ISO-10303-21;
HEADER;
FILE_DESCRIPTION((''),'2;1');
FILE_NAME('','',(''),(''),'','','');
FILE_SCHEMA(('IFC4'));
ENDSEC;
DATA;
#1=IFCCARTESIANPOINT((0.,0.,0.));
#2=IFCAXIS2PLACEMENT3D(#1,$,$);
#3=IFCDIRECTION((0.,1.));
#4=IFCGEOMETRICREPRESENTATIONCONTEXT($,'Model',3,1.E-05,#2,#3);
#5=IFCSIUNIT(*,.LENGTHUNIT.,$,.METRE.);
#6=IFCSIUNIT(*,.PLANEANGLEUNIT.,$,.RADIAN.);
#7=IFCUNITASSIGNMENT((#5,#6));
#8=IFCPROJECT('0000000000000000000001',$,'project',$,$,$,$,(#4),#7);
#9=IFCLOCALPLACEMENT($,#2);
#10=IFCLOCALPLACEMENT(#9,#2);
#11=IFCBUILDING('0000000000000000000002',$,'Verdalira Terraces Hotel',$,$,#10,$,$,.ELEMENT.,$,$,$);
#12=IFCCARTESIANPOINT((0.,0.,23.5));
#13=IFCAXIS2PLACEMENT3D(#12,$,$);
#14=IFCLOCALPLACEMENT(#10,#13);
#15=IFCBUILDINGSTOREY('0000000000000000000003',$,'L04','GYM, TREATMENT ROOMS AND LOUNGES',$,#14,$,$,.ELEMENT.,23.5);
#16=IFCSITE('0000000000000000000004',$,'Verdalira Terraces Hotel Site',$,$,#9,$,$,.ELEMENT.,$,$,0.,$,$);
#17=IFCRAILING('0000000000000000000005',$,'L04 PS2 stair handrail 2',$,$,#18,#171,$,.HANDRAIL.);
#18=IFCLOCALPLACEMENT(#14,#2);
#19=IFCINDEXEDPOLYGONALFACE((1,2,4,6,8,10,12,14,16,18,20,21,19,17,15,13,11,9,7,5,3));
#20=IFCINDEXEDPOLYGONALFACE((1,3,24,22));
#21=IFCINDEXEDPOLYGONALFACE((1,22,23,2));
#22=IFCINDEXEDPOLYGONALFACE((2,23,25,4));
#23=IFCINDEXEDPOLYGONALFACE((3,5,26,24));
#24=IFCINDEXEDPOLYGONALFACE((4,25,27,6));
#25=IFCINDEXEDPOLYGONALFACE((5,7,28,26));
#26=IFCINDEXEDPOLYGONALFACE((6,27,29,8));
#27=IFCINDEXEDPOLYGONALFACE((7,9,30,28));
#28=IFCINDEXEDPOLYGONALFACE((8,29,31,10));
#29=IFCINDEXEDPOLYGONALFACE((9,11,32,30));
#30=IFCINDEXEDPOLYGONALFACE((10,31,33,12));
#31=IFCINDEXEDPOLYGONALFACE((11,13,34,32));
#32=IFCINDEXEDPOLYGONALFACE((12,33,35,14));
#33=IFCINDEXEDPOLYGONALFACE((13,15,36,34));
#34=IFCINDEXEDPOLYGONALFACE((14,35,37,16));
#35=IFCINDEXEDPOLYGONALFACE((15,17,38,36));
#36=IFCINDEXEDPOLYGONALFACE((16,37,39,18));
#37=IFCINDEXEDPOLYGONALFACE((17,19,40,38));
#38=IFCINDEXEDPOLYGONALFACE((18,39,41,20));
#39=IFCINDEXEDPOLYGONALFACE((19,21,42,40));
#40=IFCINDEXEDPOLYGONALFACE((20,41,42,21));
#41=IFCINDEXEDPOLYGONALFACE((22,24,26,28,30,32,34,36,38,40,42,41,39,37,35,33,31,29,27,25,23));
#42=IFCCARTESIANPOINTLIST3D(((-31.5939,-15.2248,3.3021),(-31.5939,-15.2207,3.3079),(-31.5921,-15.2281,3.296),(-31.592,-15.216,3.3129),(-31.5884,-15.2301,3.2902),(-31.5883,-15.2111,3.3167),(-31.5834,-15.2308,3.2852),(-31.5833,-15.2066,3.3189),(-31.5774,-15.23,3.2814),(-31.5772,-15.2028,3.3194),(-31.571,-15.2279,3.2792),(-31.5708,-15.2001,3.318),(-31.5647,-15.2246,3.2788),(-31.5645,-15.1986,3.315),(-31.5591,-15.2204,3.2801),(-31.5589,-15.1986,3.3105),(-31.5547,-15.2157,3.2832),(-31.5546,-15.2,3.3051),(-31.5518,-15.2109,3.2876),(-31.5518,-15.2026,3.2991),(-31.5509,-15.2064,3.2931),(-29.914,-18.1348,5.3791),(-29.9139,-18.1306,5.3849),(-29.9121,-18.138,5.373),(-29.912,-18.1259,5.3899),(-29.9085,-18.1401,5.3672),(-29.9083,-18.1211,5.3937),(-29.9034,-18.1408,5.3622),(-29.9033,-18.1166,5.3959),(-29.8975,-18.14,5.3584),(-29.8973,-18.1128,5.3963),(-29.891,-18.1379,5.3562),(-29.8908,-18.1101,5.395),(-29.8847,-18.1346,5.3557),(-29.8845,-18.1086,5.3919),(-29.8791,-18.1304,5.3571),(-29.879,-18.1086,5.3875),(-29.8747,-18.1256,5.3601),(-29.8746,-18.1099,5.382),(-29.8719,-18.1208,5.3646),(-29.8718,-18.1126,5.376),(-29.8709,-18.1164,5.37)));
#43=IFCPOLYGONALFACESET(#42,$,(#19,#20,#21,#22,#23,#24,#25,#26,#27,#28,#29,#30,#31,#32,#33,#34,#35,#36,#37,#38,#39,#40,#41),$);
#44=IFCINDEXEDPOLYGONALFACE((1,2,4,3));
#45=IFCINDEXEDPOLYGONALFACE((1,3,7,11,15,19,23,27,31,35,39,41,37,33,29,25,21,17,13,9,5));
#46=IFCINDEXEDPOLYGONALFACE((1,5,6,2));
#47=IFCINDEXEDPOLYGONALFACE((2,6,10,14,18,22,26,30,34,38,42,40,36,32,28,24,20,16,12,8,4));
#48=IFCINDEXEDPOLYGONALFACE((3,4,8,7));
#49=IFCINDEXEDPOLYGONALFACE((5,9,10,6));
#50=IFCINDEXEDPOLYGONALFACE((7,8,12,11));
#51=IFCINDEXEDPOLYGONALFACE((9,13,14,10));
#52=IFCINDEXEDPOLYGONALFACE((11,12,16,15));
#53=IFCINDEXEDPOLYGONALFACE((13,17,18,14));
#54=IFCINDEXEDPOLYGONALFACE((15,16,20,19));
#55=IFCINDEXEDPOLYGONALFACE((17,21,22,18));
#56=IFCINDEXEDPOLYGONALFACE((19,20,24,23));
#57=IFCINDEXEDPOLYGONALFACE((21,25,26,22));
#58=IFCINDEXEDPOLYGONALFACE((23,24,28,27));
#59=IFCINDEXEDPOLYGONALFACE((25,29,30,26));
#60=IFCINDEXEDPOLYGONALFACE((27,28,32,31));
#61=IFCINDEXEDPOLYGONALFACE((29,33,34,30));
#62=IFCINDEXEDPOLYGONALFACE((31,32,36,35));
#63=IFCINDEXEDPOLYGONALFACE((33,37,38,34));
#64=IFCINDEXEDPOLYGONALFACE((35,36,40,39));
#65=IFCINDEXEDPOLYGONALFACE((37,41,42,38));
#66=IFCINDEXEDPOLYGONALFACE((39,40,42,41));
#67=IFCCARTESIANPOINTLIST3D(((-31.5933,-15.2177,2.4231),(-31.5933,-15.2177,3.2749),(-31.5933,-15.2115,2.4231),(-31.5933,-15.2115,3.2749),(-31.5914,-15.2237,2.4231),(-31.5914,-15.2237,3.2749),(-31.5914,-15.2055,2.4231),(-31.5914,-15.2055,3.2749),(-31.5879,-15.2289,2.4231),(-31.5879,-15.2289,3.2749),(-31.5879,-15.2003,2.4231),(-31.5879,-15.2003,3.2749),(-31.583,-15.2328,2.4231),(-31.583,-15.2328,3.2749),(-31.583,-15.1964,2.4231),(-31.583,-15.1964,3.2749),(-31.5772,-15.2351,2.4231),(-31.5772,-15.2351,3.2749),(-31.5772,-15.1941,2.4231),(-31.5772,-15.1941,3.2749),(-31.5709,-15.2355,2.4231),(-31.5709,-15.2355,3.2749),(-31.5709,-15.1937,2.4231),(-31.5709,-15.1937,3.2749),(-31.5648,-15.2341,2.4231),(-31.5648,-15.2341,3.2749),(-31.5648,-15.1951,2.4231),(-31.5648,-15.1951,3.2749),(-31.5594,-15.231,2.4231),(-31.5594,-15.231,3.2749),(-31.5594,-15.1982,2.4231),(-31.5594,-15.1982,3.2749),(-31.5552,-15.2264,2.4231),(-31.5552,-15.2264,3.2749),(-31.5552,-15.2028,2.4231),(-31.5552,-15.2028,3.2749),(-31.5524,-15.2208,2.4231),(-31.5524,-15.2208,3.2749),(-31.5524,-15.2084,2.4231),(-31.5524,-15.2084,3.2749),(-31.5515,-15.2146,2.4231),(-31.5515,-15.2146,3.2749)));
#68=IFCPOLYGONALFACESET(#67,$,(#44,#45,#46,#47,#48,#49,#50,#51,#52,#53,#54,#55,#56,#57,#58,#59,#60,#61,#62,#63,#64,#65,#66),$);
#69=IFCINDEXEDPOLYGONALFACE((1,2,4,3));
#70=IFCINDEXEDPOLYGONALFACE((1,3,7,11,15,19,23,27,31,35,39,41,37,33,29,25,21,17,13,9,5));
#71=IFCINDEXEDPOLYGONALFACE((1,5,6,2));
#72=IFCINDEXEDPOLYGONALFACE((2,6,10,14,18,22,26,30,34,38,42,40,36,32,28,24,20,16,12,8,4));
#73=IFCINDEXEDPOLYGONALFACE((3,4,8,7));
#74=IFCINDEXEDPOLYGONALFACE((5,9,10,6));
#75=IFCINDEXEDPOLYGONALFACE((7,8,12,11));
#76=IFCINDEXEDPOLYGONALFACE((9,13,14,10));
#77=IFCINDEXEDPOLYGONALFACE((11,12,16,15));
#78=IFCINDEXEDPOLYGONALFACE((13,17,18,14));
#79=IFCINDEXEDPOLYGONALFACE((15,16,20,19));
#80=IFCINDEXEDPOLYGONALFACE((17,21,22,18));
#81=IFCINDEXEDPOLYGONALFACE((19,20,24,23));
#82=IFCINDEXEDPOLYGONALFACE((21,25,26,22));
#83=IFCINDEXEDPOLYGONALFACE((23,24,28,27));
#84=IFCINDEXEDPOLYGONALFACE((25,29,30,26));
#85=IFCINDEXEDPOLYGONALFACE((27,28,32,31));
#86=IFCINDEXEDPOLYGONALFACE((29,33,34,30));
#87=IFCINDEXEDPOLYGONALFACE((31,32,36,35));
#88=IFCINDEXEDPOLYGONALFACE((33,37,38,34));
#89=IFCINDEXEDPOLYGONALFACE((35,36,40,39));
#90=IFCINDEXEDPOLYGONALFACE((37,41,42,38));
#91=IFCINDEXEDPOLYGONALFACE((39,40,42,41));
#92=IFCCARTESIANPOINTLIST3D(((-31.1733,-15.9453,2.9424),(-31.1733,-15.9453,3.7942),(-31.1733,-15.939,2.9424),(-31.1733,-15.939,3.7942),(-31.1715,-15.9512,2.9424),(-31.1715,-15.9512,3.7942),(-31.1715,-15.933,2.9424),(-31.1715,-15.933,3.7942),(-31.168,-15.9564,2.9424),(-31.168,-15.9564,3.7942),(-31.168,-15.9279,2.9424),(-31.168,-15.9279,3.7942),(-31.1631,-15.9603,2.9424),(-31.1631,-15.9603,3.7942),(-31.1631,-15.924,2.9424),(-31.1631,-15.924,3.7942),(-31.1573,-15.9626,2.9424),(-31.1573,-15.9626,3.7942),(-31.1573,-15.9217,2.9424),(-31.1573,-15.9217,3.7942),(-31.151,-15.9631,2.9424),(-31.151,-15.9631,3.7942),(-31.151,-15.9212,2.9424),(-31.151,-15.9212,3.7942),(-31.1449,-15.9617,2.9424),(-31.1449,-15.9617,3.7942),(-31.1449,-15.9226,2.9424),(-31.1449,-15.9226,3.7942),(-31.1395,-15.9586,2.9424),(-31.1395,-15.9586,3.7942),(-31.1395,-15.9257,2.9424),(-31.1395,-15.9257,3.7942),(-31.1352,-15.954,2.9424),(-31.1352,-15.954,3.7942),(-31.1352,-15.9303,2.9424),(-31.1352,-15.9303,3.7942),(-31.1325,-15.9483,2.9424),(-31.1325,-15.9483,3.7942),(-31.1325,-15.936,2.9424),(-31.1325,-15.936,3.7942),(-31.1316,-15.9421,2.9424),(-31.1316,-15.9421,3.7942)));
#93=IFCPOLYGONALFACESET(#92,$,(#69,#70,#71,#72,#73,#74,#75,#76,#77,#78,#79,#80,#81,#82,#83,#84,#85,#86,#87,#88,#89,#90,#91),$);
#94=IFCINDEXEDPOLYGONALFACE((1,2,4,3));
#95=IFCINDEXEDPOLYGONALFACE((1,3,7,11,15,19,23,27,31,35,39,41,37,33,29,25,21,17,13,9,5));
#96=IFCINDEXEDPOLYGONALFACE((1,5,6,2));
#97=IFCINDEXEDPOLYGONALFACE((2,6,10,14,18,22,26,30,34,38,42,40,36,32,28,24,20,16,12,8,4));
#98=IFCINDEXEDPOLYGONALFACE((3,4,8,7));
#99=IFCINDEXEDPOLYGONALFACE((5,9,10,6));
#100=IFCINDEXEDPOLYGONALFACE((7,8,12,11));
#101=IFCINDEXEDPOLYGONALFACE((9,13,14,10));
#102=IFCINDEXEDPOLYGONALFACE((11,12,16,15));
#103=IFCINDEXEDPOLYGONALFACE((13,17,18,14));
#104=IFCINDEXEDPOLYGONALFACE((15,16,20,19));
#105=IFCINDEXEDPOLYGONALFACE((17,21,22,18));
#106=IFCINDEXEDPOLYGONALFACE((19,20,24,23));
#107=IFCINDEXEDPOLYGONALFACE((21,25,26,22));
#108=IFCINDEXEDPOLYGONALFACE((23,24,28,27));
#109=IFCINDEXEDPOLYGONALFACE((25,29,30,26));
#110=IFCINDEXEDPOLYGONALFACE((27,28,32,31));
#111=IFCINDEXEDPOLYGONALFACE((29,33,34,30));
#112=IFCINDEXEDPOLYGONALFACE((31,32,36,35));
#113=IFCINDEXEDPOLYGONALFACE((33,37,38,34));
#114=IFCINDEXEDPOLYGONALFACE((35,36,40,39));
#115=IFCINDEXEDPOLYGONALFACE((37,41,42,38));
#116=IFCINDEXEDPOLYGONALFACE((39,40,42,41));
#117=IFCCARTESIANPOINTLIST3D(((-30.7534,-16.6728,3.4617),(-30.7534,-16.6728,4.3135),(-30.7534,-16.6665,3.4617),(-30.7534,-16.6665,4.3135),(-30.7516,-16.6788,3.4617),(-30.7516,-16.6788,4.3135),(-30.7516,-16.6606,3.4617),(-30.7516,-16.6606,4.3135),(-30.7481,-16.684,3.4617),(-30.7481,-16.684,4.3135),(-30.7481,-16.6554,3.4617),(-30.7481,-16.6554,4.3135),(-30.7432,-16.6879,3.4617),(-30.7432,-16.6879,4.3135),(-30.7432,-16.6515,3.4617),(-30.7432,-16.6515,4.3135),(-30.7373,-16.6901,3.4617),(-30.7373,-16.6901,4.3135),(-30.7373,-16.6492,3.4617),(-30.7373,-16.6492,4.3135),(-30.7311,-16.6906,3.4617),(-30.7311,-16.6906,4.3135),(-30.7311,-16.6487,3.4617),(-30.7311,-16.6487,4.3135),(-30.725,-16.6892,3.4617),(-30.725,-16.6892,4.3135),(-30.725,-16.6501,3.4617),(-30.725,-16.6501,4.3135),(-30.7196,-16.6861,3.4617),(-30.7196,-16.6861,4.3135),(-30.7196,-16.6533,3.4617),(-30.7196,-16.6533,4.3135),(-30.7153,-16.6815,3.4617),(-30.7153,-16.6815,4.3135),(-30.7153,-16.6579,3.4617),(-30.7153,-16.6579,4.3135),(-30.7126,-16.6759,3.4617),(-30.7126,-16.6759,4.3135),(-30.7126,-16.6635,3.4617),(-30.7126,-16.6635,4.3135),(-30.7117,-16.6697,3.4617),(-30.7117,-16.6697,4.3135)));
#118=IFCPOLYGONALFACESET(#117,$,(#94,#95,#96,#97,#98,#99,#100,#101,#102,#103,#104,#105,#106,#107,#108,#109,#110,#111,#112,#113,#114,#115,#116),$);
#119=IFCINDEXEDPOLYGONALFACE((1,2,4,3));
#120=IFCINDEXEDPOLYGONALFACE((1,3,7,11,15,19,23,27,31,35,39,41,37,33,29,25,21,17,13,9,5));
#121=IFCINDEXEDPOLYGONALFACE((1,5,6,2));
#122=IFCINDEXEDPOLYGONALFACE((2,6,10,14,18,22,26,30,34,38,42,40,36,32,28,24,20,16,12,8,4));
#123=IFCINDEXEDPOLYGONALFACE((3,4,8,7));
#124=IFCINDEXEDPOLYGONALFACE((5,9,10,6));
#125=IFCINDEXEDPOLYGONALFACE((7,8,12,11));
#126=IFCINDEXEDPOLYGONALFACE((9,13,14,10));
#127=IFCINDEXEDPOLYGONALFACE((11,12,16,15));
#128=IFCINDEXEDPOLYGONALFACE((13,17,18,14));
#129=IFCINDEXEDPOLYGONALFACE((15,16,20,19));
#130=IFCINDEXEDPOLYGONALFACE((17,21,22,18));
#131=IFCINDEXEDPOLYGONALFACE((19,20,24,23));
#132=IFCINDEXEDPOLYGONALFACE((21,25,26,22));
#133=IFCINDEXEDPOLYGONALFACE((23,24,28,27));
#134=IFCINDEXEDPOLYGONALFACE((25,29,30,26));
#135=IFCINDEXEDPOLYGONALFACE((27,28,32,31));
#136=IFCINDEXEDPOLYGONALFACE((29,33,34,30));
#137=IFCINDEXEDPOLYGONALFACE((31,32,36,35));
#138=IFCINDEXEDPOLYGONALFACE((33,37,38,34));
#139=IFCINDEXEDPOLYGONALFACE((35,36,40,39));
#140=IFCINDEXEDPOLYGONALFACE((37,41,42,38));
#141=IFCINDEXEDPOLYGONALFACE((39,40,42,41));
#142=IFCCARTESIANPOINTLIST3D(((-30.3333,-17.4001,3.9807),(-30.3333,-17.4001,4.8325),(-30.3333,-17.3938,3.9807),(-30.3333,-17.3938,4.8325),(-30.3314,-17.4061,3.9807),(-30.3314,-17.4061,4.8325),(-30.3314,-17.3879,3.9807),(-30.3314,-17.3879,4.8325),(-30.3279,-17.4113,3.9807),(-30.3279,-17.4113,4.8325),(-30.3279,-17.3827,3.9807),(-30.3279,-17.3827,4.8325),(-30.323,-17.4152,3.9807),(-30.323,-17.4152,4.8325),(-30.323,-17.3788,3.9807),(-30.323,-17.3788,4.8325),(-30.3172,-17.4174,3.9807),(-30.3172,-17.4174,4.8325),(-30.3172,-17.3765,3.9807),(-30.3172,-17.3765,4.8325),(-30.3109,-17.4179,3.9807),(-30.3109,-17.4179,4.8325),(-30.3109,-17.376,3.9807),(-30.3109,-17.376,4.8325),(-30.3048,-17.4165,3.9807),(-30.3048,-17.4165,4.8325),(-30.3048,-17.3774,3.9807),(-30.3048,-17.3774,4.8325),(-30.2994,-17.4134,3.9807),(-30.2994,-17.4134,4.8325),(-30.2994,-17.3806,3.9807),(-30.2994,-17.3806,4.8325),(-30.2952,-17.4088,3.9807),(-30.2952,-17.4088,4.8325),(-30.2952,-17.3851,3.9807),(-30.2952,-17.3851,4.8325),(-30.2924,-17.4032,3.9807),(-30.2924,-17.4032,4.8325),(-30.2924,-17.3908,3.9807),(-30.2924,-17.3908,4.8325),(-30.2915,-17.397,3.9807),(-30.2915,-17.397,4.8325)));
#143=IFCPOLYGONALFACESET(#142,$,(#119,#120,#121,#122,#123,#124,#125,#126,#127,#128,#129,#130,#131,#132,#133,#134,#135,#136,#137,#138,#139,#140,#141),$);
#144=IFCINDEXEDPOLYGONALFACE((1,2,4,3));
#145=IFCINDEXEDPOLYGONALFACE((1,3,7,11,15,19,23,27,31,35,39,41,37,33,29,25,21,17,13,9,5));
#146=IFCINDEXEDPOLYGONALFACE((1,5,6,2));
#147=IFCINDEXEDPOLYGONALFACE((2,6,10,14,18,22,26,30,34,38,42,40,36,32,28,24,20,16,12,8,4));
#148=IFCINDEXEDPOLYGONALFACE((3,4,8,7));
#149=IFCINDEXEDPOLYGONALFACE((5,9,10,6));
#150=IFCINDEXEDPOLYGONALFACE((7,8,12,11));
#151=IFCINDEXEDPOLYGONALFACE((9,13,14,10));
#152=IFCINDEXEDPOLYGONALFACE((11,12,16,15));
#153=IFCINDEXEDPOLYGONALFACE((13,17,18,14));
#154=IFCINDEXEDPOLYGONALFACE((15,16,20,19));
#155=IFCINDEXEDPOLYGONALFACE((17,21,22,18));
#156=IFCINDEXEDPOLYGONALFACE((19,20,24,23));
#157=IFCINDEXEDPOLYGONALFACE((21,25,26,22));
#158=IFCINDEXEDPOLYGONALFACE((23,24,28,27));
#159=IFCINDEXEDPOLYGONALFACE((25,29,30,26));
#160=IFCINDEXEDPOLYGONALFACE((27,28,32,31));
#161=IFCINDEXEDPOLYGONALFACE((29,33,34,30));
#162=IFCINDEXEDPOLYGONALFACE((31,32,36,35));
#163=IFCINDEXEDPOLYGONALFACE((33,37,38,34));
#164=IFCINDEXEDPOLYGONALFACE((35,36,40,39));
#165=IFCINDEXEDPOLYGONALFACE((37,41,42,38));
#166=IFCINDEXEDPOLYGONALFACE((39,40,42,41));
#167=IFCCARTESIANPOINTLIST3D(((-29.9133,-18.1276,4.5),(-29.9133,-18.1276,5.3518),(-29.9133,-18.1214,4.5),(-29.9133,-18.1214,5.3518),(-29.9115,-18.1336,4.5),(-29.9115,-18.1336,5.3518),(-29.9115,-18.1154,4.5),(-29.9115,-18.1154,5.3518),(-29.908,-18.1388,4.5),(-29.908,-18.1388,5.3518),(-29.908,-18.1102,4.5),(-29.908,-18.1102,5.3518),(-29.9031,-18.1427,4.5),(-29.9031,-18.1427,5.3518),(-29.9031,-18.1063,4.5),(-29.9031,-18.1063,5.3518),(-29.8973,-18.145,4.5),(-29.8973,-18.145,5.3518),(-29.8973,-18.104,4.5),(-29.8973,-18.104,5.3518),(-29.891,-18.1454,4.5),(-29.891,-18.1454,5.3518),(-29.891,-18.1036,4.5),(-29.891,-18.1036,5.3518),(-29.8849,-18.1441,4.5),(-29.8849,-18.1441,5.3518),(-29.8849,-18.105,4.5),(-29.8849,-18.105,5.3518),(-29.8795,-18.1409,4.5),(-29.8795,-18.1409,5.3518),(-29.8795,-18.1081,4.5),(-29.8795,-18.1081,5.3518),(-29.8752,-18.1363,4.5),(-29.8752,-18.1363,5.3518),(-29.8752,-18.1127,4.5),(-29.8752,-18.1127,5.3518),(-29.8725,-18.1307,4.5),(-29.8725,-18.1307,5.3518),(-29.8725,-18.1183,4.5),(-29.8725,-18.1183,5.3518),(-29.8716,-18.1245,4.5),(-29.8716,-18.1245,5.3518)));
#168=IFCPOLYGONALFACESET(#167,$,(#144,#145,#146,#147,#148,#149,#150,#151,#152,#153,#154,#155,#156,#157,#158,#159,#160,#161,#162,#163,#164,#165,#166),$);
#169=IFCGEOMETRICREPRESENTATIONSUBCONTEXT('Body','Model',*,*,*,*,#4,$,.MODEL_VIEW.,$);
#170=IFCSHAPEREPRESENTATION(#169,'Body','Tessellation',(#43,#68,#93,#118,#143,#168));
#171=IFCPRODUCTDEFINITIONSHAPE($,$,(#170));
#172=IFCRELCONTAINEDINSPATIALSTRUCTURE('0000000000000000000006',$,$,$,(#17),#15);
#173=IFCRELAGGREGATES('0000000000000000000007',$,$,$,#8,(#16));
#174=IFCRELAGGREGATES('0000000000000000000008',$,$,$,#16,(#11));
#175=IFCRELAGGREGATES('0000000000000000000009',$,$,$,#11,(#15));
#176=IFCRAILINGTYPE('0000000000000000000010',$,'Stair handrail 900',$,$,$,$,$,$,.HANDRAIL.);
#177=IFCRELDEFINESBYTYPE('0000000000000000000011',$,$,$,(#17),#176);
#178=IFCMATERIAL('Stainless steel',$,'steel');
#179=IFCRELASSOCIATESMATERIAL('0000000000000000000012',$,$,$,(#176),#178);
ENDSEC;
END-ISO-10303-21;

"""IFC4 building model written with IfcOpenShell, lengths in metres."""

from ifc_helpers import new_model, si_unit, direction, frame, origin, origin_2d, place, context, subcontext, project, spatial, circle, extrude, material, type_object, element, save


model = new_model("IFC4")

# Units and contexts
model_context = context("Model", 3, precision=1e-05, world=origin(), true_north=direction((0.0, 1.0)))
body_context = subcontext(model_context, "Body", "Model", "MODEL_VIEW")
ifc_project = project(units=[si_unit("LENGTHUNIT", "METRE"), si_unit("PLANEANGLEUNIT", "RADIAN")], contexts=[model_context])

# Site, building, storey
site_placement = place(None, origin())
site = spatial("IfcSite", under=ifc_project, at=site_placement, Name="Verdalira Terraces Hotel Site", CompositionType="ELEMENT", RefElevation=0.0)
building_placement = place(site_placement, origin())
building = spatial("IfcBuilding", under=site, at=building_placement, Name="Verdalira Terraces Hotel", CompositionType="ELEMENT")
storey_placement = place(building_placement, frame((0.0, 0.0, 23.5)))
storey = spatial("IfcBuildingStorey", under=building, at=storey_placement, Name="L04", Description="GYM, TREATMENT ROOMS AND LOUNGES", CompositionType="ELEMENT", Elevation=23.5)

# Railing
ifc_material_1 = material(Name="Stainless steel", Category="steel")
railing_type_1 = type_object("IfcRailingType", Name="Stair handrail 900", PredefinedType="HANDRAIL", material=ifc_material_1)
railing_1_placement = place(storey_placement, frame((-31.5725, -15.2146, 2.4231)))
element("IfcRailing", 1, at=railing_1_placement, inside=storey, type_object=railing_type_1, Name="L04 PS2 stair handrail 2", PredefinedType="HANDRAIL", context=body_context, shape_type="SweptSolid", body=[
    extrude(circle(Radius=0.0239, at=origin_2d()), frame((0.0, 0.0, 0.876), z_axis=(0.425288, -0.736668, 0.525785), x_axis=(0.866039, 0.499976, 0.0)), (0.0, 0.0, 1.0), 3.9502),
    extrude(circle(Radius=0.021, at=origin_2d()), origin(), (0.0, 0.0, 1.0), 0.8518),
    extrude(circle(Radius=0.021, at=origin_2d()), frame((0.4199, -0.7275, 0.5193)), (0.0, 0.0, 1.0), 0.8518),
    extrude(circle(Radius=0.021, at=origin_2d()), frame((0.8398, -1.4551, 1.0386)), (0.0, 0.0, 1.0), 0.8518),
    extrude(circle(Radius=0.021, at=origin_2d()), frame((1.26, -2.1824, 1.5576)), (0.0, 0.0, 1.0), 0.8518),
    extrude(circle(Radius=0.021, at=origin_2d()), frame((1.6799, -2.9099, 2.0769)), (0.0, 0.0, 1.0), 0.8518),
])

save(model, "model.ifc")
